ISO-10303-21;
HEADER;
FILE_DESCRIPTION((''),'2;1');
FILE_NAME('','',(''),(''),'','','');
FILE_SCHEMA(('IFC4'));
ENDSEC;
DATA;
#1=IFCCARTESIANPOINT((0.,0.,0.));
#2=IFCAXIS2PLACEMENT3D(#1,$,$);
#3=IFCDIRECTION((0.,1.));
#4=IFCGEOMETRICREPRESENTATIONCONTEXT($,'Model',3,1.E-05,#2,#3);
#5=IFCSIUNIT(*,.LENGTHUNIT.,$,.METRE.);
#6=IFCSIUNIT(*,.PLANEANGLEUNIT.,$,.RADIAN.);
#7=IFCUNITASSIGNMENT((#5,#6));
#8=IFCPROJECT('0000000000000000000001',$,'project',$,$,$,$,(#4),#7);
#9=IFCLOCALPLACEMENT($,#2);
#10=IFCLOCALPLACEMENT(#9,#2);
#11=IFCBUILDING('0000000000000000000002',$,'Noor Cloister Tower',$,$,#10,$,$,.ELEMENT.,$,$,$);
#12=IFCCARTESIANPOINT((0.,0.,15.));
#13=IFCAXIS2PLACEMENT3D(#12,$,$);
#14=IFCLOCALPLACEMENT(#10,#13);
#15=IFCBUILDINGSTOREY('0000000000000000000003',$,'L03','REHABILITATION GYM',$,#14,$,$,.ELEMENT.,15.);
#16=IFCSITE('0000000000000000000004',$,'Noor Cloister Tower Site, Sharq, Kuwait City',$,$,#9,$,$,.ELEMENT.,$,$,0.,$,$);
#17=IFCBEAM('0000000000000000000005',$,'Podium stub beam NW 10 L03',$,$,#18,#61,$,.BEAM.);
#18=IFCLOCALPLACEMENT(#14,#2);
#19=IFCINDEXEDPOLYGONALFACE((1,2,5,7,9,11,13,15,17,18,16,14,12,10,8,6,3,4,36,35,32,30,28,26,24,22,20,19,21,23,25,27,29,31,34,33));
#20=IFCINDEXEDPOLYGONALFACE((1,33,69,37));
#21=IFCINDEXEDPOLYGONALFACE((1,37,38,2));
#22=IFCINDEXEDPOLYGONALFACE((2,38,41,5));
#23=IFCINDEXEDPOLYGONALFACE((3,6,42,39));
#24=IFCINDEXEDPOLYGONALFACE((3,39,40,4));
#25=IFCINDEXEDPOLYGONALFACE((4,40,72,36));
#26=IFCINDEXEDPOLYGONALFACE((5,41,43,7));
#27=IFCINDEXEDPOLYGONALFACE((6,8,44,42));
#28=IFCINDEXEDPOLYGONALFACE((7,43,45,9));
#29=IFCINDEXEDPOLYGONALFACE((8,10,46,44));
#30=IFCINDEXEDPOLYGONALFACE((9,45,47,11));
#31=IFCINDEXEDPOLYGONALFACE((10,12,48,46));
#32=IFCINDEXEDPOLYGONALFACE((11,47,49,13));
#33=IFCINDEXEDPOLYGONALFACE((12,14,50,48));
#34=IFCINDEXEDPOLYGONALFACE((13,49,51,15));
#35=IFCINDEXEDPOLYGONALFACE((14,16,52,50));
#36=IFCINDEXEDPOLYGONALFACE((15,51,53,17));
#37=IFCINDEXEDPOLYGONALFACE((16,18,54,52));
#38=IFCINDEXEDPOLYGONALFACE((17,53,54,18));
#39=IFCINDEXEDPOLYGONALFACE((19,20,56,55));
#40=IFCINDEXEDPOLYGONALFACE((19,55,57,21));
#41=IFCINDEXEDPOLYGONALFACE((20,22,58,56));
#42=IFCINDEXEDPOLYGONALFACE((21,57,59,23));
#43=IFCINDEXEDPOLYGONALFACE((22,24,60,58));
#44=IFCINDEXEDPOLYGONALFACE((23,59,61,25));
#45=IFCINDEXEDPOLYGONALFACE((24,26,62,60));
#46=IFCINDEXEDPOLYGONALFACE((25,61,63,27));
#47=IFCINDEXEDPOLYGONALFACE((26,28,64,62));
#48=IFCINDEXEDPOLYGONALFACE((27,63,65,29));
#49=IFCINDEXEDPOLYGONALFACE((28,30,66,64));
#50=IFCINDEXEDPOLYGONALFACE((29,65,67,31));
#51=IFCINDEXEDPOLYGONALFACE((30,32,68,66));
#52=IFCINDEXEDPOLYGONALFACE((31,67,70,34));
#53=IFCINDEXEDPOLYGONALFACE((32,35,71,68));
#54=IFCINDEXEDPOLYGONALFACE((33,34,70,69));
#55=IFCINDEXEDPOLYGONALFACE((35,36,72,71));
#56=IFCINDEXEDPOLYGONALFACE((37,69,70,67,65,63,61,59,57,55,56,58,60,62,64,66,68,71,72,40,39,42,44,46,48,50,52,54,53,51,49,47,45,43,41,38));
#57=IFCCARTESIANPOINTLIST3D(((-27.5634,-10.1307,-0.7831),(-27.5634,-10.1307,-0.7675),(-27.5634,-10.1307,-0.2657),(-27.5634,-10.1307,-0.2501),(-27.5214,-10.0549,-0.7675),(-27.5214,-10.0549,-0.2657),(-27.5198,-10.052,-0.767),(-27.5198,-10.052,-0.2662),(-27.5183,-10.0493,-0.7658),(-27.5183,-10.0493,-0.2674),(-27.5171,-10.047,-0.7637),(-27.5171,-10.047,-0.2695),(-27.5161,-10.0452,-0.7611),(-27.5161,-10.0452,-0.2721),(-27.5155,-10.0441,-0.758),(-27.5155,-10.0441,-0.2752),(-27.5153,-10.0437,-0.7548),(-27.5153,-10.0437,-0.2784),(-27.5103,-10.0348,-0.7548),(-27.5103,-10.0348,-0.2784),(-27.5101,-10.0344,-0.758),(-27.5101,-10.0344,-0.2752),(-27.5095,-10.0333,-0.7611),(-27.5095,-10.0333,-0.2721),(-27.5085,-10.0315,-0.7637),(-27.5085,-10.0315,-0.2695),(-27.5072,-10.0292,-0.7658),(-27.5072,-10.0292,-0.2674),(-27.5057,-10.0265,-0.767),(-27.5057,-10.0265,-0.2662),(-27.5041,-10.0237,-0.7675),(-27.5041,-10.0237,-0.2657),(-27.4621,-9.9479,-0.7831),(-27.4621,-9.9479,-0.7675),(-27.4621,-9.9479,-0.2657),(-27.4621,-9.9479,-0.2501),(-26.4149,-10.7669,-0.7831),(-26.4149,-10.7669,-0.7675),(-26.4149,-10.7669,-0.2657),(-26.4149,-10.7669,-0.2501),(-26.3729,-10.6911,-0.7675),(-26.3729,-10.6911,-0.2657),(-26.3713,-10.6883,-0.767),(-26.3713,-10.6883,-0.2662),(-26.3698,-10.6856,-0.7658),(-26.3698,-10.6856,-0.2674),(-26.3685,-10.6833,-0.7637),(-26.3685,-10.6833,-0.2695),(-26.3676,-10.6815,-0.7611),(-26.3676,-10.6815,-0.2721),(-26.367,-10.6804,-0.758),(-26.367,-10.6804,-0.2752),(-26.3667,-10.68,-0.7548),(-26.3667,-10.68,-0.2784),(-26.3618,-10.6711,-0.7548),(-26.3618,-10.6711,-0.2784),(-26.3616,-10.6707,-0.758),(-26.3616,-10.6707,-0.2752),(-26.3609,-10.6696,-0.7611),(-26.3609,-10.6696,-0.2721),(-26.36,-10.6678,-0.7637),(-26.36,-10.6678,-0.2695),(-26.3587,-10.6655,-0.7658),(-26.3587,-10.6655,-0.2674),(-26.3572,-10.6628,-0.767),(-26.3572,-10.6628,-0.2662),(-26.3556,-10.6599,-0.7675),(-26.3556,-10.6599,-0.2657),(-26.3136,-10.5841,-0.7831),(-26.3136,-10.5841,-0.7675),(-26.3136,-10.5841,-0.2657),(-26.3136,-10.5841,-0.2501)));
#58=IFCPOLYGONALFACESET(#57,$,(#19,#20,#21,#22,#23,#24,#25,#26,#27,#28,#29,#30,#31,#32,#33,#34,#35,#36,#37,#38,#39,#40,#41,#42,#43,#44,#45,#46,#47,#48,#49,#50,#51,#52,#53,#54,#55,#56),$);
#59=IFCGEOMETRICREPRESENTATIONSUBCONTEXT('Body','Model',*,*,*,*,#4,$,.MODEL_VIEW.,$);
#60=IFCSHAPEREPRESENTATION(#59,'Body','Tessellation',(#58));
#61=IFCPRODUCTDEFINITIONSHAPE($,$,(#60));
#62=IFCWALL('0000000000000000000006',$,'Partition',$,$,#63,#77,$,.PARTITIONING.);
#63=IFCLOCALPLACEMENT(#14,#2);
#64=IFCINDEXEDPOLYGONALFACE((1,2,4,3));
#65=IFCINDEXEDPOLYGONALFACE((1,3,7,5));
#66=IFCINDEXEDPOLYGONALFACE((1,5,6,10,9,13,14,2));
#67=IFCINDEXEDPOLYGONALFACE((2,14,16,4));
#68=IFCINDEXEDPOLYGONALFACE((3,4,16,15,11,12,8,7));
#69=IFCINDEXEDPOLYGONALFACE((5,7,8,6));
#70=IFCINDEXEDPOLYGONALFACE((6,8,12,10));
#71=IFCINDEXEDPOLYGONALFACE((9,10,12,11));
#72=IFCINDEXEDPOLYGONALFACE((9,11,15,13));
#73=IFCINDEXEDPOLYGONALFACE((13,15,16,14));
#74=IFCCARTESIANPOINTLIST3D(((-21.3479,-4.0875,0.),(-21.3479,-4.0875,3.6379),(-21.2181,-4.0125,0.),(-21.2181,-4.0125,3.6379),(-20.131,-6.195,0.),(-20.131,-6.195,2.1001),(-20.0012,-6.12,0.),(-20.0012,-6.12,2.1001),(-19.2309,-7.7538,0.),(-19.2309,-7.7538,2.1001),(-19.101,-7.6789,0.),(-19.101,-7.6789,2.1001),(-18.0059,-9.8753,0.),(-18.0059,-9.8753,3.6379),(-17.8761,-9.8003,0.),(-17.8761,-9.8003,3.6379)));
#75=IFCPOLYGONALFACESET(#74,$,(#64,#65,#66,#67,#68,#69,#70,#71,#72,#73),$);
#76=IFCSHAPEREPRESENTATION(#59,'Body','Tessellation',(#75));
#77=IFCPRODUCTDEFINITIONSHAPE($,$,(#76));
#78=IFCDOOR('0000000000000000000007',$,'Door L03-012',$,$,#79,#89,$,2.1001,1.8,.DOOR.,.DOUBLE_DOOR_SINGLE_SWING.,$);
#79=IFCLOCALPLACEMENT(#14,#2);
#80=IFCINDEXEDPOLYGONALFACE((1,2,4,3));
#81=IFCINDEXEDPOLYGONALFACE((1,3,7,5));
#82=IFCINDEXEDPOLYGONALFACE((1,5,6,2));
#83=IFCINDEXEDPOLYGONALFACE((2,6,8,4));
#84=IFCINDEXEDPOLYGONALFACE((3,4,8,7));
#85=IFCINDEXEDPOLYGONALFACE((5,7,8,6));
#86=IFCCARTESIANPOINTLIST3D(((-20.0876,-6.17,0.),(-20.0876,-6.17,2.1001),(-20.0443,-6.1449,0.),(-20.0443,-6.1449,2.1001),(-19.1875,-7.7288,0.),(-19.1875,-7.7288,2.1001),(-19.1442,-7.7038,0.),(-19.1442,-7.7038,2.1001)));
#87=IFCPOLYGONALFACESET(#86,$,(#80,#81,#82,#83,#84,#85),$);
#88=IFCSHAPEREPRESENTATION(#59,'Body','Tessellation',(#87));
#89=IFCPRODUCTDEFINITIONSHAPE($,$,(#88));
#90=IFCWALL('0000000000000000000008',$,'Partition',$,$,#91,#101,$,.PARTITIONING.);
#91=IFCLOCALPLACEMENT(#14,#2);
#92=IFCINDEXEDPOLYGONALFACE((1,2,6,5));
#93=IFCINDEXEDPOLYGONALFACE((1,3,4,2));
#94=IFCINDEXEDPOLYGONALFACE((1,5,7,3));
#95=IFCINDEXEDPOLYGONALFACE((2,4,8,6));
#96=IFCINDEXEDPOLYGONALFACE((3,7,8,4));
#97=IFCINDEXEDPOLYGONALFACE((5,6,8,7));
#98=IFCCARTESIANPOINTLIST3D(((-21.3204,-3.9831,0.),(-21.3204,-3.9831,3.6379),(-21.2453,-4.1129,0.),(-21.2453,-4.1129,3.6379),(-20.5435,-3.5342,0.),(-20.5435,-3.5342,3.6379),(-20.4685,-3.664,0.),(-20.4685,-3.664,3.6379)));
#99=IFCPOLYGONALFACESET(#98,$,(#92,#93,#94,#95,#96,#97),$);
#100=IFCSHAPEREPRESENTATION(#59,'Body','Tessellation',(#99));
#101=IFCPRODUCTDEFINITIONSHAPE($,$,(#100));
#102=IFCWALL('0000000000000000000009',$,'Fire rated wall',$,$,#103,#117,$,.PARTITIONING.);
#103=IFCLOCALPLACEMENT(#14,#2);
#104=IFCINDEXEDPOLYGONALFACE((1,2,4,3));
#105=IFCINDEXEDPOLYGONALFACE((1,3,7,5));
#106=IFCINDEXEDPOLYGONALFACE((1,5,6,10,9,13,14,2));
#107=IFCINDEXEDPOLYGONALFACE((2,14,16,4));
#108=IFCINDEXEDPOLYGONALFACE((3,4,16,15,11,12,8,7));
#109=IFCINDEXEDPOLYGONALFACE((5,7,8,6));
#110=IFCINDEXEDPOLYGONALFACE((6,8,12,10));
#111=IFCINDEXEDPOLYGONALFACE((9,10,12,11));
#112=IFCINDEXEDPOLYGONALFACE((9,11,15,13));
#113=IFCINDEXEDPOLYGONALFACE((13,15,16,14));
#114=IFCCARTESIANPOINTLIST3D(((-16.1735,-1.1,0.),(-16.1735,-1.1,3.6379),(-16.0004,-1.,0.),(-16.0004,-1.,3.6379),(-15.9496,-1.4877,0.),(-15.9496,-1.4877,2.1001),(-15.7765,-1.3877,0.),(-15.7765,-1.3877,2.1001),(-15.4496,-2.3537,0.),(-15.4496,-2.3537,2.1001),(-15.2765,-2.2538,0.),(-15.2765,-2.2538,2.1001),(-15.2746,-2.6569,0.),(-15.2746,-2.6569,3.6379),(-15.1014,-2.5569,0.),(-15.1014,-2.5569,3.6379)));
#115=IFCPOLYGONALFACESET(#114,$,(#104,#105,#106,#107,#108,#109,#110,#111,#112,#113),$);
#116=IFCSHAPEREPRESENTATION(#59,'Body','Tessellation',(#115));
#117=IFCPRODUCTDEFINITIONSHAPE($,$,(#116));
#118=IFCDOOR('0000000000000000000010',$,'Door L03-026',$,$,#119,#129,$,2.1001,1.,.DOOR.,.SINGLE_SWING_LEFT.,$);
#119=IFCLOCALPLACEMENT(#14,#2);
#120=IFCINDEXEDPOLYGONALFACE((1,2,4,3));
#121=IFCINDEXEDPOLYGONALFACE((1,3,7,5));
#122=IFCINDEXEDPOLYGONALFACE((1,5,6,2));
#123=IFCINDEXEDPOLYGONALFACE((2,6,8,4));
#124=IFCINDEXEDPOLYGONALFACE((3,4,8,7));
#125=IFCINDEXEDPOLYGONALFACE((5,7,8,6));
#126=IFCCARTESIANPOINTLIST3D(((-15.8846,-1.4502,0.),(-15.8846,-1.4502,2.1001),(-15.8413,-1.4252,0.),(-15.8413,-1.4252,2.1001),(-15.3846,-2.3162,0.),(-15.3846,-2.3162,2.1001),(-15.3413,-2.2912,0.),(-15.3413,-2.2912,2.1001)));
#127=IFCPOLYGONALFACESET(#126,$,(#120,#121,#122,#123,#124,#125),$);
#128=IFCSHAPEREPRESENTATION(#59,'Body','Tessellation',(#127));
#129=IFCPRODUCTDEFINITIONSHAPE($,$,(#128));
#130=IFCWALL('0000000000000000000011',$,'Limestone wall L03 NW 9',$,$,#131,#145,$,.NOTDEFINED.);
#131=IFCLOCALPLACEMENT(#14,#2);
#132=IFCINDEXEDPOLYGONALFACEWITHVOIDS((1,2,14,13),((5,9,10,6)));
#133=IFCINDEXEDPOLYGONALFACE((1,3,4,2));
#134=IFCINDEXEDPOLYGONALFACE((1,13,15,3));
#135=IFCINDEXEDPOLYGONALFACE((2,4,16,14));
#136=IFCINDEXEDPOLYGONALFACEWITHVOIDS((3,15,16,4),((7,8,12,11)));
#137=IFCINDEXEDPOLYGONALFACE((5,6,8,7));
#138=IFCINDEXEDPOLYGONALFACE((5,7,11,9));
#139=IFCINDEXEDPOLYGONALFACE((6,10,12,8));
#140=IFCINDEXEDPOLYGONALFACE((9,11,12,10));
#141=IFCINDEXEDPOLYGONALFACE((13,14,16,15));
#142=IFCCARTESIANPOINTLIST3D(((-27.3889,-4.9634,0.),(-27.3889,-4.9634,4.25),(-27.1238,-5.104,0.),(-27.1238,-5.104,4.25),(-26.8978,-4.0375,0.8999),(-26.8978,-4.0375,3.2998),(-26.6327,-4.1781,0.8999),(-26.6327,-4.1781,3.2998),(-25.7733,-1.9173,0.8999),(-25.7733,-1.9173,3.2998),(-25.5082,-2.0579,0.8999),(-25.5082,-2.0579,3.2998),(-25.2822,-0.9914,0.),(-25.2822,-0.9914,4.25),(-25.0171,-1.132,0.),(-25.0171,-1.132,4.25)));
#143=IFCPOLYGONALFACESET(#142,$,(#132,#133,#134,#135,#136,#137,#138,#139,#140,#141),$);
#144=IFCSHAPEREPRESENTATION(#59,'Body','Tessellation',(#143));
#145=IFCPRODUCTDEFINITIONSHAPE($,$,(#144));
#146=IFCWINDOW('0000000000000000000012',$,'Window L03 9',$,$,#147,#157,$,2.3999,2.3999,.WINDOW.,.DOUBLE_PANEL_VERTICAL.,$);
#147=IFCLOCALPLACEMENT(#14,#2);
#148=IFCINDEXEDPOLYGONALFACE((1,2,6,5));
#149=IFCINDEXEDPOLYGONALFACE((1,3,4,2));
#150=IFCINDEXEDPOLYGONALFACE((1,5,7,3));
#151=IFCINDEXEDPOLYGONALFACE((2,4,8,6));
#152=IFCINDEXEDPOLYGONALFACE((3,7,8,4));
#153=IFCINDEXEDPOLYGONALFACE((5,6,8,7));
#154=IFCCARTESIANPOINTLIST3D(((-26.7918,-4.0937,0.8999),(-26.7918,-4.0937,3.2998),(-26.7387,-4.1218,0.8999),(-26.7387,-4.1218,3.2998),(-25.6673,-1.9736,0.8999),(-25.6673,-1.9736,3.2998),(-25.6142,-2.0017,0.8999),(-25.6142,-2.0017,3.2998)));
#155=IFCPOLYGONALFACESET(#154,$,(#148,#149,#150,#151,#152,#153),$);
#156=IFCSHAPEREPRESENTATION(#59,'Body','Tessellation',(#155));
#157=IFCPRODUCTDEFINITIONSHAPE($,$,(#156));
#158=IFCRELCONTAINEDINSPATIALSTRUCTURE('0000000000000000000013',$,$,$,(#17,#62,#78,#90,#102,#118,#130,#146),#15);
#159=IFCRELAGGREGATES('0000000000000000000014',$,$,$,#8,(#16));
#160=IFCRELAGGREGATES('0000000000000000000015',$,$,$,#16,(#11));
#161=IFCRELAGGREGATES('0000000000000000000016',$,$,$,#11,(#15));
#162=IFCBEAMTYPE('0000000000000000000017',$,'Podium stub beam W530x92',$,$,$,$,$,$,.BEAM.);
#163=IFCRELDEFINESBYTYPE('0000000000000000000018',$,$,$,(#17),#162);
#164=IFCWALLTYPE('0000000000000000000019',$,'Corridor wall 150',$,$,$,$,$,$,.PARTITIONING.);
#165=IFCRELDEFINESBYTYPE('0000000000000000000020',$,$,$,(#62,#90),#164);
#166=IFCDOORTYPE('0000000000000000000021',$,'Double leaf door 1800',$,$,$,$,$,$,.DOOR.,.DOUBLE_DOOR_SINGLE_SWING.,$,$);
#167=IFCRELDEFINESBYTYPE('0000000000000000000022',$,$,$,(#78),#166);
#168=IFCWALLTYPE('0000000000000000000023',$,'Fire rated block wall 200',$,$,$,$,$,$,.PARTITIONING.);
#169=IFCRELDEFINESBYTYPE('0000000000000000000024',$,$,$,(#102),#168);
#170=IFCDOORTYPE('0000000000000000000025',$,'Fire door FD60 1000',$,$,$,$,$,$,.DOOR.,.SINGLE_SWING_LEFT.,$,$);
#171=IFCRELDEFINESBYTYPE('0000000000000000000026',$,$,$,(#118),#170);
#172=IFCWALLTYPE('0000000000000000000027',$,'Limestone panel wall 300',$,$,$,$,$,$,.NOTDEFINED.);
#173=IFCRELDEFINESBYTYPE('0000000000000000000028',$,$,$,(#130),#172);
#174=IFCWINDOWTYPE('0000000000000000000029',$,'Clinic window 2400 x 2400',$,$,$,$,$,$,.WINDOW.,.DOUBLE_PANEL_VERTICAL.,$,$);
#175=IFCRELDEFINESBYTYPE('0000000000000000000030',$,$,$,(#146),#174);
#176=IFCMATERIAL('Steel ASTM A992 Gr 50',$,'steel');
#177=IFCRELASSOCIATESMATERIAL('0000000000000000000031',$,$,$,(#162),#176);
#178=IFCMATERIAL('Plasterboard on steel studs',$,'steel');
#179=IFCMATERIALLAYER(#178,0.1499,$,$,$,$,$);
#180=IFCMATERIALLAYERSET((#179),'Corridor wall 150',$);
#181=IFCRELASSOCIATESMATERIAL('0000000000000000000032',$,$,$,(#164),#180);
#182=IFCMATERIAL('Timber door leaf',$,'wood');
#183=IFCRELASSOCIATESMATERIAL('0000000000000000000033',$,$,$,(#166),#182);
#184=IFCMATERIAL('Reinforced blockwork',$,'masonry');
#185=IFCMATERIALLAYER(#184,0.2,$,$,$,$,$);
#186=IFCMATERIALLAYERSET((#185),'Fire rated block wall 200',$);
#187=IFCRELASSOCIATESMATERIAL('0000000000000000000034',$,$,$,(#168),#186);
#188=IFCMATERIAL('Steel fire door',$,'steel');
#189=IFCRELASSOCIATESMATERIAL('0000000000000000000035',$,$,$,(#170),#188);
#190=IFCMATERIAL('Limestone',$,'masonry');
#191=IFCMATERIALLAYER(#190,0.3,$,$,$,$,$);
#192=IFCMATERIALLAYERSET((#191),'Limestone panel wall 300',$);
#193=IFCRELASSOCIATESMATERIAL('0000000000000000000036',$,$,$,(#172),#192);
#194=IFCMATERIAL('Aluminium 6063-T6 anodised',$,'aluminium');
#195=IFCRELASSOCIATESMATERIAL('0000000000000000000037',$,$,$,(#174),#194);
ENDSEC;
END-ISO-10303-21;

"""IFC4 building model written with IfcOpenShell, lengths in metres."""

from ifc_helpers import new_model, si_unit, direction, frame, frame_2d, origin, origin_2d, place, context, subcontext, project, spatial, rectangle, i_section, extrude, material, layer, layer_set, material_profile, profile_set, type_object, element, fill, save


model = new_model("IFC4")

# Units and contexts
model_context = context("Model", 3, precision=1e-05, world=origin(), true_north=direction((0.0, 1.0)))
body_context = subcontext(model_context, "Body", "Model", "MODEL_VIEW")
ifc_project = project(units=[si_unit("LENGTHUNIT", "METRE"), si_unit("PLANEANGLEUNIT", "RADIAN")], contexts=[model_context])

# Site, building, storey
site_placement = place(None, origin())
site = spatial("IfcSite", under=ifc_project, at=site_placement, Name="Noor Cloister Tower Site, Sharq, Kuwait City", CompositionType="ELEMENT", RefElevation=0.0)
building_placement = place(site_placement, origin())
building = spatial("IfcBuilding", under=site, at=building_placement, Name="Noor Cloister Tower", CompositionType="ELEMENT")
storey_placement = place(building_placement, frame((0.0, 0.0, 15.0)))
storey = spatial("IfcBuildingStorey", under=building, at=storey_placement, Name="L03", Description="REHABILITATION GYM", CompositionType="ELEMENT", Elevation=15.0)

# Beam
ifc_material_1 = material(Name="Steel ASTM A992 Gr 50", Category="steel")
ifc_material_profile_1 = material_profile(ifc_material_1, i_section(OverallWidth=0.209, OverallDepth=0.533, WebThickness=0.0103, FlangeThickness=0.0156, FilletRadius=0.0127, at=origin_2d()), Name="W530x92")
ifc_profile_set_1 = profile_set([ifc_material_profile_1], Name="Steel ASTM A992 Gr 50")
beam_type_1 = type_object("IfcBeamType", Name="Podium stub beam W530x92", PredefinedType="BEAM", material=ifc_profile_set_1)
beam_1_placement = place(storey_placement, frame((-26.3643, -10.6755, -0.5166), z_axis=(-0.874736, 0.484601, 0.0), x_axis=(-0.484601, -0.874736, 0.0)))
element("IfcBeam", 1, at=beam_1_placement, inside=storey, type_object=beam_type_1, Name="Podium stub beam NW 10 L03", PredefinedType="BEAM", context=body_context, shape_type="SweptSolid", body=[
    extrude(i_section(OverallWidth=0.209, OverallDepth=0.533, WebThickness=0.0103, FlangeThickness=0.0156, FilletRadius=0.0127, at=origin_2d()), origin(), (0.0, 0.0, 1.0), 1.313),
])

# Wall, opening, door
ifc_material_2 = material(Name="Plasterboard on steel studs", Category="steel")
ifc_layer_1 = layer(ifc_material_2, 0.1499)
ifc_layer_set_1 = layer_set([ifc_layer_1], Name="Corridor wall 150")
wall_type_1 = type_object("IfcWallType", Name="Corridor wall 150", PredefinedType="PARTITIONING", material=ifc_layer_set_1)
wall_1_placement = place(storey_placement, frame((-17.9409, -9.8379, 0.0), z_axis=(0.0, 0.0, 1.0), x_axis=(-0.500048, 0.865998, 0.0)))
wall_1 = element("IfcWall", 2, at=wall_1_placement, inside=storey, type_object=wall_type_1, Name="Partition", PredefinedType="PARTITIONING", context=body_context, shape_type="SweptSolid", body=[
    extrude(rectangle(XDim=6.6833, YDim=0.1499, at=frame_2d((3.3418, 0.0))), origin(), (0.0, 0.0, 1.0), 3.6379),
])
opening_1_placement = place(wall_1_placement, frame((2.45, 0.0, 0.0)))
opening_1 = element("IfcOpeningElement", 3, at=opening_1_placement, cuts=wall_1, PredefinedType="OPENING", context=body_context, shape_type="SweptSolid", body=[
    extrude(rectangle(XDim=1.8, YDim=2.1001, at=frame_2d((0.8999, 1.05))), frame((0.0, 0.085, 0.0), z_axis=(0.0, -1.0, 0.0), x_axis=(1.0, 0.0, 0.0)), (0.0, 0.0, 1.0), 0.1699),
])
ifc_material_3 = material(Name="Timber door leaf", Category="wood")
door_type_1 = type_object("IfcDoorType", Name="Double leaf door 1800", OperationType="DOUBLE_DOOR_SINGLE_SWING", PredefinedType="DOOR", material=ifc_material_3)
door_1_placement = place(opening_1_placement, origin())
door_1 = element("IfcDoor", 4, at=door_1_placement, inside=storey, type_object=door_type_1, Name="Door L03-012", OperationType="DOUBLE_DOOR_SINGLE_SWING", OverallHeight=2.1001, OverallWidth=1.8, PredefinedType="DOOR", context=body_context, shape_type="SweptSolid", body=[
    extrude(rectangle(XDim=1.8, YDim=2.1001, at=frame_2d((0.8999, 1.05))), frame((0.0, 0.0249, 0.0), z_axis=(0.0, -1.0, 0.0), x_axis=(1.0, 0.0, 0.0)), (0.0, 0.0, 1.0), 0.05),
])
fill(opening_1, door_1)

# Wall
wall_2_placement = place(storey_placement, frame((-21.283, -4.0481, 0.0), z_axis=(0.0, 0.0, 1.0), x_axis=(0.865805, 0.500382, 0.0)))
element("IfcWall", 5, at=wall_2_placement, inside=storey, type_object=wall_type_1, Name="Partition", PredefinedType="PARTITIONING", context=body_context, shape_type="SweptSolid", body=[
    extrude(rectangle(XDim=0.8972, YDim=0.1499, at=frame_2d((0.4487, 0.0))), origin(), (0.0, 0.0, 1.0), 3.6379),
])

# Wall, opening, door
ifc_material_4 = material(Name="Reinforced blockwork", Category="masonry")
ifc_layer_2 = layer(ifc_material_4, 0.2)
ifc_layer_set_2 = layer_set([ifc_layer_2], Name="Fire rated block wall 200")
wall_type_2 = type_object("IfcWallType", Name="Fire rated block wall 200", PredefinedType="PARTITIONING", material=ifc_layer_set_2)
wall_3_placement = place(storey_placement, frame((-15.188, -2.6069, 0.0), z_axis=(0.0, 0.0, 1.0), x_axis=(-0.500024, 0.866011, 0.0)))
wall_3 = element("IfcWall", 6, at=wall_3_placement, inside=storey, type_object=wall_type_2, Name="Fire rated wall", PredefinedType="PARTITIONING", context=body_context, shape_type="SweptSolid", body=[
    extrude(rectangle(XDim=1.7979, YDim=0.2, at=frame_2d((0.8989, 0.0))), origin(), (0.0, 0.0, 1.0), 3.6379),
])
opening_2_placement = place(wall_3_placement, frame((0.3501, 0.0, 0.0)))
opening_2 = element("IfcOpeningElement", 7, at=opening_2_placement, cuts=wall_3, PredefinedType="OPENING", context=body_context, shape_type="SweptSolid", body=[
    extrude(rectangle(XDim=1.0, YDim=2.1001, at=frame_2d((0.5, 1.05))), frame((0.0, 0.1099, 0.0), z_axis=(0.0, -1.0, 0.0), x_axis=(1.0, 0.0, 0.0)), (0.0, 0.0, 1.0), 0.22),
])
ifc_material_5 = material(Name="Steel fire door", Category="steel")
door_type_2 = type_object("IfcDoorType", Name="Fire door FD60 1000", OperationType="SINGLE_SWING_LEFT", PredefinedType="DOOR", material=ifc_material_5)
door_2_placement = place(opening_2_placement, origin())
door_2 = element("IfcDoor", 8, at=door_2_placement, inside=storey, type_object=door_type_2, Name="Door L03-026", OperationType="SINGLE_SWING_LEFT", OverallHeight=2.1001, OverallWidth=1.0, PredefinedType="DOOR", context=body_context, shape_type="SweptSolid", body=[
    extrude(rectangle(XDim=1.0, YDim=2.1001, at=frame_2d((0.5, 1.05))), frame((0.0, 0.0249, 0.0), z_axis=(0.0, -1.0, 0.0), x_axis=(1.0, 0.0, 0.0)), (0.0, 0.0, 1.0), 0.05),
])
fill(opening_2, door_2)

# Wall, opening, window
ifc_material_6 = material(Name="Limestone", Category="masonry")
ifc_layer_3 = layer(ifc_material_6, 0.3)
ifc_layer_set_3 = layer_set([ifc_layer_3], Name="Limestone panel wall 300")
wall_type_3 = type_object("IfcWallType", Name="Limestone panel wall 300", PredefinedType="NOTDEFINED", material=ifc_layer_set_3)
wall_4_placement = place(storey_placement, frame((-27.2563, -5.0337, 0.0), z_axis=(0.0, 0.0, 1.0), x_axis=(0.468566, 0.883428, 0.0)))
wall_4 = element("IfcWall", 9, at=wall_4_placement, inside=storey, type_object=wall_type_3, Name="Limestone wall L03 NW 9", PredefinedType="NOTDEFINED", context=body_context, shape_type="SweptSolid", body=[
    extrude(rectangle(XDim=4.4961, YDim=0.3, at=frame_2d((2.248, 0.0))), origin(), (0.0, 0.0, 1.0), 4.25),
])
opening_3_placement = place(wall_4_placement, frame((1.0481, 0.0, 0.8999)))
opening_3 = element("IfcOpeningElement", 10, at=opening_3_placement, cuts=wall_4, PredefinedType="OPENING", context=body_context, shape_type="SweptSolid", body=[
    extrude(rectangle(XDim=2.3999, YDim=2.3999, at=frame_2d((1.2, 1.2))), frame((0.0, 0.1602, 0.0), z_axis=(0.0, -1.0, 0.0), x_axis=(1.0, 0.0, 0.0)), (0.0, 0.0, 1.0), 0.3201),
])
ifc_material_7 = material(Name="Aluminium 6063-T6 anodised", Category="aluminium")
window_type_1 = type_object("IfcWindowType", Name="Clinic window 2400 x 2400", PartitioningType="DOUBLE_PANEL_VERTICAL", PredefinedType="WINDOW", material=ifc_material_7)
window_1_placement = place(opening_3_placement, origin())
window_1 = element("IfcWindow", 11, at=window_1_placement, inside=storey, type_object=window_type_1, Name="Window L03 9", OverallHeight=2.3999, OverallWidth=2.3999, PartitioningType="DOUBLE_PANEL_VERTICAL", PredefinedType="WINDOW", context=body_context, shape_type="SweptSolid", body=[
    extrude(rectangle(XDim=2.3999, YDim=2.3999, at=frame_2d((1.2, 1.2))), frame((0.0, 0.03, 0.0), z_axis=(0.0, -1.0, 0.0), x_axis=(1.0, 0.0, 0.0)), (0.0, 0.0, 1.0), 0.0601),
])
fill(opening_3, window_1)

save(model, "model.ifc")
